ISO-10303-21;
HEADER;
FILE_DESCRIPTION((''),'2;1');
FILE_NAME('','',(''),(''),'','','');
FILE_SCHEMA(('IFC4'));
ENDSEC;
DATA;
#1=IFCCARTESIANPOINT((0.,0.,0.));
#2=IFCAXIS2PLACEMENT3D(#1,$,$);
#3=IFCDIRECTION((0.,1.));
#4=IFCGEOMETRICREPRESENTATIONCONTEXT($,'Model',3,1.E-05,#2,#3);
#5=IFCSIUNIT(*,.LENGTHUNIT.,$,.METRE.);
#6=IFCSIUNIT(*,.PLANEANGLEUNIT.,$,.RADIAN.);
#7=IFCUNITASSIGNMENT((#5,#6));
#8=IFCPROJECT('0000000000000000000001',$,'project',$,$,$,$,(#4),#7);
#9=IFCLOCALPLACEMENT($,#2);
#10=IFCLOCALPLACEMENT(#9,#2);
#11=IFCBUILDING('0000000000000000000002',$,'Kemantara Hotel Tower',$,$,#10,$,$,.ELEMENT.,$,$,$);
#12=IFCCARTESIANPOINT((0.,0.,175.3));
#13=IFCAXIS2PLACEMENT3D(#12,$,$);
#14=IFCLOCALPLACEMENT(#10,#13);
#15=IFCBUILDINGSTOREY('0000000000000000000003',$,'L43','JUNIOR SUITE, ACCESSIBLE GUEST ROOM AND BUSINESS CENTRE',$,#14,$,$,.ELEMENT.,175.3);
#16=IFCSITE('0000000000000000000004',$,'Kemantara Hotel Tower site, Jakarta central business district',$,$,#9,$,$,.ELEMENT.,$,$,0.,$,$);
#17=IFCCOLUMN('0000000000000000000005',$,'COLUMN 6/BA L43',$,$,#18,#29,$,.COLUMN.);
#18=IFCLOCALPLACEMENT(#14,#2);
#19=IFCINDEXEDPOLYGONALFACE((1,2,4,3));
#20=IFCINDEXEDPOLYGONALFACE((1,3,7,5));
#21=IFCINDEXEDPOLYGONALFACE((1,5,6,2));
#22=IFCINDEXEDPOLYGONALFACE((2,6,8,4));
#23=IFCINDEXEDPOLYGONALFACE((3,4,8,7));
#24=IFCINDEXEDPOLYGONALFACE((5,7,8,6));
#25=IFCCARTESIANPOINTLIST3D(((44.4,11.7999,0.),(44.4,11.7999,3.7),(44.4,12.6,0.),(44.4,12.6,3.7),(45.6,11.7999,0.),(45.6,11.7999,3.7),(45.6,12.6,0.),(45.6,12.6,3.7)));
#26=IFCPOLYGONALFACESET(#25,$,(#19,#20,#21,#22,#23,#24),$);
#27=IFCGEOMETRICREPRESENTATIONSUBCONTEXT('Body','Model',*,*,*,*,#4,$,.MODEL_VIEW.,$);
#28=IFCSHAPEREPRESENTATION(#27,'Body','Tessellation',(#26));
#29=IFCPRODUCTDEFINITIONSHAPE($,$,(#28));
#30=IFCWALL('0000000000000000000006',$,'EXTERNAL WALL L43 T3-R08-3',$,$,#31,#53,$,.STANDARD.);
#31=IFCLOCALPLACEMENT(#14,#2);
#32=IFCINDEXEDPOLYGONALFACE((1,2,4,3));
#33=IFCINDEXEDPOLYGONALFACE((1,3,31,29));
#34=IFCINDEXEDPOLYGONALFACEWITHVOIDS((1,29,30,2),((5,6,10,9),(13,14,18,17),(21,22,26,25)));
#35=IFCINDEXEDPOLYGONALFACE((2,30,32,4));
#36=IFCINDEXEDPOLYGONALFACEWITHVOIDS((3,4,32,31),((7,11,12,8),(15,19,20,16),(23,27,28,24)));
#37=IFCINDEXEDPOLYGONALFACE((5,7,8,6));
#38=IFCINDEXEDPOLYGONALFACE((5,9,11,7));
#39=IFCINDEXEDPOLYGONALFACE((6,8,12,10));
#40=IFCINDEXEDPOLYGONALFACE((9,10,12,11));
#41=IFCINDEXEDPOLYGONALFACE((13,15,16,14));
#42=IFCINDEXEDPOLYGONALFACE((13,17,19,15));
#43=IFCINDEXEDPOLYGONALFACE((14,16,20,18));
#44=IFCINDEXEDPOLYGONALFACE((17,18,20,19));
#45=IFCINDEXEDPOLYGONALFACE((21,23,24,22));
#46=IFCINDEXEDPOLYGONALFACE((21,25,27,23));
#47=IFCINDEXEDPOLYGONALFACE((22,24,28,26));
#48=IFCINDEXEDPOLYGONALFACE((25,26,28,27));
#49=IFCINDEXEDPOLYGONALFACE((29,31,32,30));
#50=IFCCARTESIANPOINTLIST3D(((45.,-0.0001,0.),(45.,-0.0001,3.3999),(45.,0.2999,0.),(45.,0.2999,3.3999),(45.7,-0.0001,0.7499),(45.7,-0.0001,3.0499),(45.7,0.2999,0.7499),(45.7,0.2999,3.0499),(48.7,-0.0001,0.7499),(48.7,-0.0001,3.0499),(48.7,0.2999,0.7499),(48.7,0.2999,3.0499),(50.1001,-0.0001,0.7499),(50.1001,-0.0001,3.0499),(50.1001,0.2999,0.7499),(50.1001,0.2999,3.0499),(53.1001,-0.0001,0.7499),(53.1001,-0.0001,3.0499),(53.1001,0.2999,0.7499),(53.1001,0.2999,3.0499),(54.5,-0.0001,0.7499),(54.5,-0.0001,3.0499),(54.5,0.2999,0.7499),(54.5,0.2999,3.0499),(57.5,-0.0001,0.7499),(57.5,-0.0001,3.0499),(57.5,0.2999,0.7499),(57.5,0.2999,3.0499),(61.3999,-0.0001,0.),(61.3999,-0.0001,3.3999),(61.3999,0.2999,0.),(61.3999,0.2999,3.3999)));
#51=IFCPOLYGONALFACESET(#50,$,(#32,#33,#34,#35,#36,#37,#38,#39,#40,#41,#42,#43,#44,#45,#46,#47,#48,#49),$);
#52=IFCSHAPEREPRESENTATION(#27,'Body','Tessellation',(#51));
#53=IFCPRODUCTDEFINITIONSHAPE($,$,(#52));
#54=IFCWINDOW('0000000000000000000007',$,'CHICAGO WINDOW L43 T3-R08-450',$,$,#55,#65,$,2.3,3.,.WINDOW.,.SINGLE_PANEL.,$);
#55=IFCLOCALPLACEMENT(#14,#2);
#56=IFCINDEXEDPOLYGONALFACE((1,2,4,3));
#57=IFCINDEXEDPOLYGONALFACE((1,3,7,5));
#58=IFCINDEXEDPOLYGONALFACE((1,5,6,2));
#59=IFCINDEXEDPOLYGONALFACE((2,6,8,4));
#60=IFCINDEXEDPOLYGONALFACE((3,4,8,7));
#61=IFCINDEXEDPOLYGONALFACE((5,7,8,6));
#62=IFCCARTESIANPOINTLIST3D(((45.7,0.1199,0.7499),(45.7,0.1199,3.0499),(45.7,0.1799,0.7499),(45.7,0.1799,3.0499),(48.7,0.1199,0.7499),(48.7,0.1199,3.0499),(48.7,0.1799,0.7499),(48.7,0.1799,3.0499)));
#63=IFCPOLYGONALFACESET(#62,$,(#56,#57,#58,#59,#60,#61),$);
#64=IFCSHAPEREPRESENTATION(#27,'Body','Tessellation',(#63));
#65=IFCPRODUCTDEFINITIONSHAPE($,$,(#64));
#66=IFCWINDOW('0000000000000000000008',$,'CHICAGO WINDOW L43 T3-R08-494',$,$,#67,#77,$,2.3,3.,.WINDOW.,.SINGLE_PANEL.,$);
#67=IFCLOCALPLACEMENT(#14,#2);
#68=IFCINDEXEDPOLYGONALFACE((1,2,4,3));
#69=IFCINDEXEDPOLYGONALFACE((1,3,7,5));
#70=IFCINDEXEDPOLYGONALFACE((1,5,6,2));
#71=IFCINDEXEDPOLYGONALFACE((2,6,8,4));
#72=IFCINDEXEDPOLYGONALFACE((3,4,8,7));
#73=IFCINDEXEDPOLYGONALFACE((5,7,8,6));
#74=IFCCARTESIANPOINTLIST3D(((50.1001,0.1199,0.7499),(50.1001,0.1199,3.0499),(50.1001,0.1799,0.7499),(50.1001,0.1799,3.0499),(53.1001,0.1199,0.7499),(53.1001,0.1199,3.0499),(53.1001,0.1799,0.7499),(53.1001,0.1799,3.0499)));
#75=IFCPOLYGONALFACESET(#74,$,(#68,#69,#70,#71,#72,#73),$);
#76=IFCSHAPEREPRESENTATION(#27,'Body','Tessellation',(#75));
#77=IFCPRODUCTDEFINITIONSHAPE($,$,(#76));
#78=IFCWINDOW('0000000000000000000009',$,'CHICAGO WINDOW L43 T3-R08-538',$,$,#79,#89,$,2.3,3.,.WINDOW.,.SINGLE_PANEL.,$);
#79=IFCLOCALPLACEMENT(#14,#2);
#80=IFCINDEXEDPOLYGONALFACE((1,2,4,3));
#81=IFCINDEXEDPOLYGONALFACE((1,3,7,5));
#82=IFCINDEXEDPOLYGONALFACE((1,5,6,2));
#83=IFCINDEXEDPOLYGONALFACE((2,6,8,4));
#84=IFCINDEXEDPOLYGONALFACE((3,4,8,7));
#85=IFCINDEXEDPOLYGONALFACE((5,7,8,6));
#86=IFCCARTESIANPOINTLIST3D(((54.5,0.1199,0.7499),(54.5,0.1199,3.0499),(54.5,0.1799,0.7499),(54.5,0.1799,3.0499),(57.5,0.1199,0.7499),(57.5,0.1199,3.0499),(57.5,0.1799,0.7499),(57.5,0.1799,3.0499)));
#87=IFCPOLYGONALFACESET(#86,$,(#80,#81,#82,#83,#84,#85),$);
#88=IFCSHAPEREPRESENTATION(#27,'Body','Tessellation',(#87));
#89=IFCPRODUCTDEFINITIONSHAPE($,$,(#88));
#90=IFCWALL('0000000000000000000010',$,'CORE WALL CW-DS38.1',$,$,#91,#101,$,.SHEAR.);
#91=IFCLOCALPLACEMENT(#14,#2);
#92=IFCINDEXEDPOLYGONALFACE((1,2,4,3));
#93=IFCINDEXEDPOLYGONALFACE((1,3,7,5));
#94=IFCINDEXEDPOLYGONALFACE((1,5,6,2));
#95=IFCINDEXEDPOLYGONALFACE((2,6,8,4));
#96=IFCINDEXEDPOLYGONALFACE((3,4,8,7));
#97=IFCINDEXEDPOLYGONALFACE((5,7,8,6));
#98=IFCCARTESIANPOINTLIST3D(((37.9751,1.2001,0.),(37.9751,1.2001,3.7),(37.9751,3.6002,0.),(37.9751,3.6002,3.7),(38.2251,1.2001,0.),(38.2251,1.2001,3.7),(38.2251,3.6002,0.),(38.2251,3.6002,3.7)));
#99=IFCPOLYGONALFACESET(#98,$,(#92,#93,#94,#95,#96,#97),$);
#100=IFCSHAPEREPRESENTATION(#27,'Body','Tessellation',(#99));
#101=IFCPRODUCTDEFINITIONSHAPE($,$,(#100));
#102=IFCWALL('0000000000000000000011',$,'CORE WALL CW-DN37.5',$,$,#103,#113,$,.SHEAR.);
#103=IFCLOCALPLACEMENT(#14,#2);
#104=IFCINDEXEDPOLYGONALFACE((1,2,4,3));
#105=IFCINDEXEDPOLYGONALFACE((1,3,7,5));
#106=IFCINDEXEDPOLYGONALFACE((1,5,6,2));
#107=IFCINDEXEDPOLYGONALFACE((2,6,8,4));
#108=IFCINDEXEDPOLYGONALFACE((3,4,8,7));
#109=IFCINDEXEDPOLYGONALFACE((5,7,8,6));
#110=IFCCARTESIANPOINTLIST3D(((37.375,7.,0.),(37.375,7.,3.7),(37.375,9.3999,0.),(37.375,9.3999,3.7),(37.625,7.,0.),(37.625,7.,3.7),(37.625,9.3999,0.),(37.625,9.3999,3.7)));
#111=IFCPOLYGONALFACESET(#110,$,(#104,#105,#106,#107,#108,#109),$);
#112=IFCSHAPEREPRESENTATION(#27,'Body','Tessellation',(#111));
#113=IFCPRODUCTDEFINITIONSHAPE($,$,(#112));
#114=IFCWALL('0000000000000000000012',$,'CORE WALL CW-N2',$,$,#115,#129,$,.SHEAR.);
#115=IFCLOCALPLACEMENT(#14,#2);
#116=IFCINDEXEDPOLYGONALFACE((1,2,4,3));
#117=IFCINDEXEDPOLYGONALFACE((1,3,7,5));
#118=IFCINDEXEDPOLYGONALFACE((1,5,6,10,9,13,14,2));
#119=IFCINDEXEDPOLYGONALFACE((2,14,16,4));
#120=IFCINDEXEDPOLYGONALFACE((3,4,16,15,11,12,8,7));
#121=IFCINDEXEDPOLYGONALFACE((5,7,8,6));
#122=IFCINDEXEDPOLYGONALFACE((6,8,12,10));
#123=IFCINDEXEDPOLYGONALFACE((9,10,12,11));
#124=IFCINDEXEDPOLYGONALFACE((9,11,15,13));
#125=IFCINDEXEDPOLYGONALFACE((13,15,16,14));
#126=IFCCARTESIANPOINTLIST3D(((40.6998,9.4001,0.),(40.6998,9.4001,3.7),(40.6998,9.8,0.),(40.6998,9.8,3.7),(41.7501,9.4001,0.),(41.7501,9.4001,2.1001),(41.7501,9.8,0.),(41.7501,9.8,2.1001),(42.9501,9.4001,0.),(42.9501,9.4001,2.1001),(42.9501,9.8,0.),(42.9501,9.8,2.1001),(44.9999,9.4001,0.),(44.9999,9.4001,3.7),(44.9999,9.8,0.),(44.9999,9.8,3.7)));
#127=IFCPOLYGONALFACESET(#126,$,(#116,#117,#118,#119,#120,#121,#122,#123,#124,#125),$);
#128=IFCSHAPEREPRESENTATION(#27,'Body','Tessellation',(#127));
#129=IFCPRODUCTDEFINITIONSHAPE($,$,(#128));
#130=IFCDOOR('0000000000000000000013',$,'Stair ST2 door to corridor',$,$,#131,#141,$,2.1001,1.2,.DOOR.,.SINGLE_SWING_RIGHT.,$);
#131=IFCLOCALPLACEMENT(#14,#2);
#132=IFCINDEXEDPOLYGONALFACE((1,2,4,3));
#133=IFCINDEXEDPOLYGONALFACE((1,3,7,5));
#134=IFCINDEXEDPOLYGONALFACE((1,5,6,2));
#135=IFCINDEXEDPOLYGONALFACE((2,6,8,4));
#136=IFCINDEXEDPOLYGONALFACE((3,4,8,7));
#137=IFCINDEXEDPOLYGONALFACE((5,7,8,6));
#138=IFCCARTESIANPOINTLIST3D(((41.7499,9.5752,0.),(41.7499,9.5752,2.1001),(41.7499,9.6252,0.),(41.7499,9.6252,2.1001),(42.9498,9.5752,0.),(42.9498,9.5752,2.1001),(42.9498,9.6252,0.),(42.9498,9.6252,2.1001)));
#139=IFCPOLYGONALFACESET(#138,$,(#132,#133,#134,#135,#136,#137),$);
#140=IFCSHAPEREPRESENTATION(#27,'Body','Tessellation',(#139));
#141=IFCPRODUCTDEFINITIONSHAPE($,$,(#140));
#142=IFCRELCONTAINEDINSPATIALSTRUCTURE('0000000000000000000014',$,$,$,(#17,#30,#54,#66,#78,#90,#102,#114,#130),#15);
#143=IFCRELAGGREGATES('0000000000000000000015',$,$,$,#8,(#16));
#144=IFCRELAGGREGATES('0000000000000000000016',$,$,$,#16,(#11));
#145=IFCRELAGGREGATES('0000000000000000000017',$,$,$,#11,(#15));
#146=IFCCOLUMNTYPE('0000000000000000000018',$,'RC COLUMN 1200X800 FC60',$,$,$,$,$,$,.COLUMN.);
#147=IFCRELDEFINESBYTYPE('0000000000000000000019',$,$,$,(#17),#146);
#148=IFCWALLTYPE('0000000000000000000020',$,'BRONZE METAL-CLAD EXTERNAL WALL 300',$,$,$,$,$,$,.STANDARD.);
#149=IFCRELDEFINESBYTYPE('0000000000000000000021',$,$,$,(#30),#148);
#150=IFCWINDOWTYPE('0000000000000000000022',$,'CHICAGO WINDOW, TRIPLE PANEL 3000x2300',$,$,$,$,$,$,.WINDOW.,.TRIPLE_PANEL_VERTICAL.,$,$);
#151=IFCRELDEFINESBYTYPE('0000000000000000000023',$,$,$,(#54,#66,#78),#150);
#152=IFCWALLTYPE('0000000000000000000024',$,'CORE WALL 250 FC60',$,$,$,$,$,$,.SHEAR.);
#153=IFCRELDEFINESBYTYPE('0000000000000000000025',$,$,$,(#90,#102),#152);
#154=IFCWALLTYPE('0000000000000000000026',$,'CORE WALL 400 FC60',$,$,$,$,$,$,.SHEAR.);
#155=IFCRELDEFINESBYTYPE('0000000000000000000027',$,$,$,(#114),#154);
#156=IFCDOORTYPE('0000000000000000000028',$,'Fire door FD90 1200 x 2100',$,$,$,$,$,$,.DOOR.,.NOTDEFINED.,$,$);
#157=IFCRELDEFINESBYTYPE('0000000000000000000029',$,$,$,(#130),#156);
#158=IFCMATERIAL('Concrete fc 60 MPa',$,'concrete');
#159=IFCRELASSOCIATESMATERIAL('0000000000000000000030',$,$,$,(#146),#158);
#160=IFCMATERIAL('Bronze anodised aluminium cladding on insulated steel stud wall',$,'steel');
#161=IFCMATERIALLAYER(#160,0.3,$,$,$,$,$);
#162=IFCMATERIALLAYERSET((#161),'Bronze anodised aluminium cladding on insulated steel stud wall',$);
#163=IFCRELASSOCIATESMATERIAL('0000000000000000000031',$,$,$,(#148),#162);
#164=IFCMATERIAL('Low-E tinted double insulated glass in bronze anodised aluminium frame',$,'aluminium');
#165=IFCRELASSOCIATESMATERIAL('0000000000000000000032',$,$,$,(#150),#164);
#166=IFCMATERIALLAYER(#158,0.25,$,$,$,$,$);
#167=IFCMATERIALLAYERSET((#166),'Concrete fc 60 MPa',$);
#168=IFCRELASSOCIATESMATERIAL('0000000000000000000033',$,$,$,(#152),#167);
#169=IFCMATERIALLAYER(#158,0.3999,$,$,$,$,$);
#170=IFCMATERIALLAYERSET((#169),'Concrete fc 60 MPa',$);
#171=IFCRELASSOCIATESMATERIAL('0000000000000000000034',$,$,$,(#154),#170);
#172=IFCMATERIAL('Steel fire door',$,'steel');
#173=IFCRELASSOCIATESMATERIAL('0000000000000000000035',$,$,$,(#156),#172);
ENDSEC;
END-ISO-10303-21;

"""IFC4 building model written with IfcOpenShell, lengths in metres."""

from ifc_helpers import new_model, si_unit, direction, frame, frame_2d, origin, origin_2d, place, context, subcontext, project, spatial, rectangle, extrude, material, layer, layer_set, material_profile, profile_set, type_object, element, fill, save


model = new_model("IFC4")

# Units and contexts
model_context = context("Model", 3, precision=1e-05, world=origin(), true_north=direction((0.0, 1.0)))
body_context = subcontext(model_context, "Body", "Model", "MODEL_VIEW")
ifc_project = project(units=[si_unit("LENGTHUNIT", "METRE"), si_unit("PLANEANGLEUNIT", "RADIAN")], contexts=[model_context])

# Site, building, storey
site_placement = place(None, origin())
site = spatial("IfcSite", under=ifc_project, at=site_placement, Name="Kemantara Hotel Tower site, Jakarta central business district", CompositionType="ELEMENT", RefElevation=0.0)
building_placement = place(site_placement, origin())
building = spatial("IfcBuilding", under=site, at=building_placement, Name="Kemantara Hotel Tower", CompositionType="ELEMENT")
storey_placement = place(building_placement, frame((0.0, 0.0, 175.3)))
storey = spatial("IfcBuildingStorey", under=building, at=storey_placement, Name="L43", Description="JUNIOR SUITE, ACCESSIBLE GUEST ROOM AND BUSINESS CENTRE", CompositionType="ELEMENT", Elevation=175.3)

# Column
ifc_material_1 = material(Name="Concrete fc 60 MPa", Category="concrete")
ifc_material_profile = material_profile(ifc_material_1, rectangle(XDim=1.2, YDim=0.8, at=origin_2d()), Name="RC 1200X800")
ifc_profile_set = profile_set([ifc_material_profile], Name="Concrete fc 60 MPa")
column_type = type_object("IfcColumnType", Name="RC COLUMN 1200X800 FC60", PredefinedType="COLUMN", material=ifc_profile_set)
column_placement = place(storey_placement, frame((45.0, 12.2, 0.0), z_axis=(0.0, 0.0, 1.0), x_axis=(1.0, 0.0, 0.0)))
element("IfcColumn", 1, at=column_placement, inside=storey, type_object=column_type, Name="COLUMN 6/BA L43", PredefinedType="COLUMN", context=body_context, shape_type="SweptSolid", body=[
    extrude(rectangle(XDim=1.2, YDim=0.8, at=origin_2d()), origin(), (0.0, 0.0, 1.0), 3.7),
])

# Wall, openings, windows
ifc_material_2 = material(Name="Bronze anodised aluminium cladding on insulated steel stud wall", Category="steel")
ifc_layer_1 = layer(ifc_material_2, 0.3)
ifc_layer_set_1 = layer_set([ifc_layer_1], Name="Bronze anodised aluminium cladding on insulated steel stud wall")
wall_type_1 = type_object("IfcWallType", Name="BRONZE METAL-CLAD EXTERNAL WALL 300", PredefinedType="STANDARD", material=ifc_layer_set_1)
wall_1_placement = place(storey_placement, frame((45.0, 0.1499, 0.0), z_axis=(0.0, 0.0, 1.0), x_axis=(1.0, 0.0, 0.0)))
wall_1 = element("IfcWall", 2, at=wall_1_placement, inside=storey, type_object=wall_type_1, Name="EXTERNAL WALL L43 T3-R08-3", PredefinedType="STANDARD", context=body_context, shape_type="SweptSolid", body=[
    extrude(rectangle(XDim=16.3999, YDim=0.3, at=frame_2d((8.2, 0.0))), origin(), (0.0, 0.0, 1.0), 3.3999),
])
opening_1_placement = place(wall_1_placement, frame((0.7, 0.0, 0.75)))
opening_1 = element("IfcOpeningElement", 3, at=opening_1_placement, cuts=wall_1, PredefinedType="OPENING", context=body_context, shape_type="SweptSolid", body=[
    extrude(rectangle(XDim=3.0, YDim=2.3, at=frame_2d((1.5, 1.1499))), frame((0.0, 0.1599, 0.0), z_axis=(0.0, -1.0, 0.0), x_axis=(1.0, 0.0, 0.0)), (0.0, 0.0, 1.0), 0.3201),
])
opening_2_placement = place(wall_1_placement, frame((5.1001, 0.0, 0.75)))
opening_2 = element("IfcOpeningElement", 4, at=opening_2_placement, cuts=wall_1, PredefinedType="OPENING", context=body_context, shape_type="SweptSolid", body=[
    extrude(rectangle(XDim=3.0, YDim=2.3, at=frame_2d((1.5, 1.1499))), frame((0.0, 0.1599, 0.0), z_axis=(0.0, -1.0, 0.0), x_axis=(1.0, 0.0, 0.0)), (0.0, 0.0, 1.0), 0.3201),
])
opening_3_placement = place(wall_1_placement, frame((9.5, 0.0, 0.75)))
opening_3 = element("IfcOpeningElement", 5, at=opening_3_placement, cuts=wall_1, PredefinedType="OPENING", context=body_context, shape_type="SweptSolid", body=[
    extrude(rectangle(XDim=3.0, YDim=2.3, at=frame_2d((1.5, 1.1499))), frame((0.0, 0.1599, 0.0), z_axis=(0.0, -1.0, 0.0), x_axis=(1.0, 0.0, 0.0)), (0.0, 0.0, 1.0), 0.3201),
])
ifc_material_3 = material(Name="Low-E tinted double insulated glass in bronze anodised aluminium frame", Category="aluminium")
window_type = type_object("IfcWindowType", Name="CHICAGO WINDOW, TRIPLE PANEL 3000x2300", PartitioningType="TRIPLE_PANEL_VERTICAL", PredefinedType="WINDOW", material=ifc_material_3)
window_1_placement = place(opening_1_placement, origin())
window_1 = element("IfcWindow", 6, at=window_1_placement, inside=storey, type_object=window_type, Name="CHICAGO WINDOW L43 T3-R08-450", OverallHeight=2.3, OverallWidth=3.0, PartitioningType="SINGLE_PANEL", PredefinedType="WINDOW", context=body_context, shape_type="SweptSolid", body=[
    extrude(rectangle(XDim=3.0, YDim=2.3, at=frame_2d((1.5, 1.1499))), frame((0.0, 0.03, 0.0), z_axis=(0.0, -1.0, 0.0), x_axis=(1.0, 0.0, 0.0)), (0.0, 0.0, 1.0), 0.0601),
])
fill(opening_1, window_1)
window_2_placement = place(opening_2_placement, origin())
window_2 = element("IfcWindow", 7, at=window_2_placement, inside=storey, type_object=window_type, Name="CHICAGO WINDOW L43 T3-R08-494", OverallHeight=2.3, OverallWidth=3.0, PartitioningType="SINGLE_PANEL", PredefinedType="WINDOW", context=body_context, shape_type="SweptSolid", body=[
    extrude(rectangle(XDim=3.0, YDim=2.3, at=frame_2d((1.5, 1.1499))), frame((0.0, 0.03, 0.0), z_axis=(0.0, -1.0, 0.0), x_axis=(1.0, 0.0, 0.0)), (0.0, 0.0, 1.0), 0.0601),
])
fill(opening_2, window_2)
window_3_placement = place(opening_3_placement, origin())
window_3 = element("IfcWindow", 8, at=window_3_placement, inside=storey, type_object=window_type, Name="CHICAGO WINDOW L43 T3-R08-538", OverallHeight=2.3, OverallWidth=3.0, PartitioningType="SINGLE_PANEL", PredefinedType="WINDOW", context=body_context, shape_type="SweptSolid", body=[
    extrude(rectangle(XDim=3.0, YDim=2.3, at=frame_2d((1.5, 1.1499))), frame((0.0, 0.03, 0.0), z_axis=(0.0, -1.0, 0.0), x_axis=(1.0, 0.0, 0.0)), (0.0, 0.0, 1.0), 0.0601),
])
fill(opening_3, window_3)

# Walls
ifc_layer_2 = layer(ifc_material_1, 0.25)
ifc_layer_set_2 = layer_set([ifc_layer_2], Name="Concrete fc 60 MPa")
wall_type_2 = type_object("IfcWallType", Name="CORE WALL 250 FC60", PredefinedType="SHEAR", material=ifc_layer_set_2)
wall_2_placement = place(storey_placement, frame((38.1001, 1.2, 0.0), z_axis=(0.0, 0.0, 1.0), x_axis=(0.0, 1.0, 0.0)))
element("IfcWall", 9, at=wall_2_placement, inside=storey, type_object=wall_type_2, Name="CORE WALL CW-DS38.1", PredefinedType="SHEAR", context=body_context, shape_type="SweptSolid", body=[
    extrude(rectangle(XDim=2.4001, YDim=0.25, at=frame_2d((1.2002, 0.0))), origin(), (0.0, 0.0, 1.0), 3.7),
])
wall_3_placement = place(storey_placement, frame((37.5, 7.0, 0.0), z_axis=(0.0, 0.0, 1.0), x_axis=(0.0, 1.0, 0.0)))
element("IfcWall", 10, at=wall_3_placement, inside=storey, type_object=wall_type_2, Name="CORE WALL CW-DN37.5", PredefinedType="SHEAR", context=body_context, shape_type="SweptSolid", body=[
    extrude(rectangle(XDim=2.3999, YDim=0.25, at=frame_2d((1.2, 0.0))), origin(), (0.0, 0.0, 1.0), 3.7),
])

# Wall, opening, door
ifc_layer_3 = layer(ifc_material_1, 0.3999)
ifc_layer_set_3 = layer_set([ifc_layer_3], Name="Concrete fc 60 MPa")
wall_type_3 = type_object("IfcWallType", Name="CORE WALL 400 FC60", PredefinedType="SHEAR", material=ifc_layer_set_3)
wall_4_placement = place(storey_placement, frame((40.7, 9.6001, 0.0), z_axis=(0.0, 0.0, 1.0), x_axis=(1.0, 0.0, 0.0)))
wall_4 = element("IfcWall", 11, at=wall_4_placement, inside=storey, type_object=wall_type_3, Name="CORE WALL CW-N2", PredefinedType="SHEAR", context=body_context, shape_type="SweptSolid", body=[
    extrude(rectangle(XDim=4.3, YDim=0.3999, at=frame_2d((2.1499, 0.0))), origin(), (0.0, 0.0, 1.0), 3.7),
])
opening_4_placement = place(wall_4_placement, frame((1.05, 0.0, 0.0)))
opening_4 = element("IfcOpeningElement", 12, at=opening_4_placement, cuts=wall_4, PredefinedType="OPENING", context=body_context, shape_type="SweptSolid", body=[
    extrude(rectangle(XDim=1.2, YDim=2.1001, at=frame_2d((0.6001, 1.05))), frame((0.0, 0.21, 0.0), z_axis=(0.0, -1.0, 0.0), x_axis=(1.0, 0.0, 0.0)), (0.0, 0.0, 1.0), 0.4199),
])
ifc_material_4 = material(Name="Steel fire door", Category="steel")
door_type_1 = type_object("IfcDoorType", Name="Fire door FD90 1200 x 2100", OperationType="NOTDEFINED", PredefinedType="DOOR", material=ifc_material_4)
door_1_placement = place(opening_4_placement, frame((1.2, 0.0, 0.0), z_axis=(0.0, 0.0, 1.0), x_axis=(-1.0, 0.0, 0.0)))
door_1 = element("IfcDoor", 13, at=door_1_placement, inside=storey, type_object=door_type_1, Name="Stair ST2 door to corridor", OperationType="SINGLE_SWING_RIGHT", OverallHeight=2.1001, OverallWidth=1.2, PredefinedType="DOOR", context=body_context, shape_type="SweptSolid", body=[
    extrude(rectangle(XDim=1.2, YDim=2.1001, at=frame_2d((0.6001, 1.05))), frame((0.0, 0.0249, 0.0), z_axis=(0.0, -1.0, 0.0), x_axis=(1.0, 0.0, 0.0)), (0.0, 0.0, 1.0), 0.05),
])
fill(opening_4, door_1)

save(model, "model.ifc")
